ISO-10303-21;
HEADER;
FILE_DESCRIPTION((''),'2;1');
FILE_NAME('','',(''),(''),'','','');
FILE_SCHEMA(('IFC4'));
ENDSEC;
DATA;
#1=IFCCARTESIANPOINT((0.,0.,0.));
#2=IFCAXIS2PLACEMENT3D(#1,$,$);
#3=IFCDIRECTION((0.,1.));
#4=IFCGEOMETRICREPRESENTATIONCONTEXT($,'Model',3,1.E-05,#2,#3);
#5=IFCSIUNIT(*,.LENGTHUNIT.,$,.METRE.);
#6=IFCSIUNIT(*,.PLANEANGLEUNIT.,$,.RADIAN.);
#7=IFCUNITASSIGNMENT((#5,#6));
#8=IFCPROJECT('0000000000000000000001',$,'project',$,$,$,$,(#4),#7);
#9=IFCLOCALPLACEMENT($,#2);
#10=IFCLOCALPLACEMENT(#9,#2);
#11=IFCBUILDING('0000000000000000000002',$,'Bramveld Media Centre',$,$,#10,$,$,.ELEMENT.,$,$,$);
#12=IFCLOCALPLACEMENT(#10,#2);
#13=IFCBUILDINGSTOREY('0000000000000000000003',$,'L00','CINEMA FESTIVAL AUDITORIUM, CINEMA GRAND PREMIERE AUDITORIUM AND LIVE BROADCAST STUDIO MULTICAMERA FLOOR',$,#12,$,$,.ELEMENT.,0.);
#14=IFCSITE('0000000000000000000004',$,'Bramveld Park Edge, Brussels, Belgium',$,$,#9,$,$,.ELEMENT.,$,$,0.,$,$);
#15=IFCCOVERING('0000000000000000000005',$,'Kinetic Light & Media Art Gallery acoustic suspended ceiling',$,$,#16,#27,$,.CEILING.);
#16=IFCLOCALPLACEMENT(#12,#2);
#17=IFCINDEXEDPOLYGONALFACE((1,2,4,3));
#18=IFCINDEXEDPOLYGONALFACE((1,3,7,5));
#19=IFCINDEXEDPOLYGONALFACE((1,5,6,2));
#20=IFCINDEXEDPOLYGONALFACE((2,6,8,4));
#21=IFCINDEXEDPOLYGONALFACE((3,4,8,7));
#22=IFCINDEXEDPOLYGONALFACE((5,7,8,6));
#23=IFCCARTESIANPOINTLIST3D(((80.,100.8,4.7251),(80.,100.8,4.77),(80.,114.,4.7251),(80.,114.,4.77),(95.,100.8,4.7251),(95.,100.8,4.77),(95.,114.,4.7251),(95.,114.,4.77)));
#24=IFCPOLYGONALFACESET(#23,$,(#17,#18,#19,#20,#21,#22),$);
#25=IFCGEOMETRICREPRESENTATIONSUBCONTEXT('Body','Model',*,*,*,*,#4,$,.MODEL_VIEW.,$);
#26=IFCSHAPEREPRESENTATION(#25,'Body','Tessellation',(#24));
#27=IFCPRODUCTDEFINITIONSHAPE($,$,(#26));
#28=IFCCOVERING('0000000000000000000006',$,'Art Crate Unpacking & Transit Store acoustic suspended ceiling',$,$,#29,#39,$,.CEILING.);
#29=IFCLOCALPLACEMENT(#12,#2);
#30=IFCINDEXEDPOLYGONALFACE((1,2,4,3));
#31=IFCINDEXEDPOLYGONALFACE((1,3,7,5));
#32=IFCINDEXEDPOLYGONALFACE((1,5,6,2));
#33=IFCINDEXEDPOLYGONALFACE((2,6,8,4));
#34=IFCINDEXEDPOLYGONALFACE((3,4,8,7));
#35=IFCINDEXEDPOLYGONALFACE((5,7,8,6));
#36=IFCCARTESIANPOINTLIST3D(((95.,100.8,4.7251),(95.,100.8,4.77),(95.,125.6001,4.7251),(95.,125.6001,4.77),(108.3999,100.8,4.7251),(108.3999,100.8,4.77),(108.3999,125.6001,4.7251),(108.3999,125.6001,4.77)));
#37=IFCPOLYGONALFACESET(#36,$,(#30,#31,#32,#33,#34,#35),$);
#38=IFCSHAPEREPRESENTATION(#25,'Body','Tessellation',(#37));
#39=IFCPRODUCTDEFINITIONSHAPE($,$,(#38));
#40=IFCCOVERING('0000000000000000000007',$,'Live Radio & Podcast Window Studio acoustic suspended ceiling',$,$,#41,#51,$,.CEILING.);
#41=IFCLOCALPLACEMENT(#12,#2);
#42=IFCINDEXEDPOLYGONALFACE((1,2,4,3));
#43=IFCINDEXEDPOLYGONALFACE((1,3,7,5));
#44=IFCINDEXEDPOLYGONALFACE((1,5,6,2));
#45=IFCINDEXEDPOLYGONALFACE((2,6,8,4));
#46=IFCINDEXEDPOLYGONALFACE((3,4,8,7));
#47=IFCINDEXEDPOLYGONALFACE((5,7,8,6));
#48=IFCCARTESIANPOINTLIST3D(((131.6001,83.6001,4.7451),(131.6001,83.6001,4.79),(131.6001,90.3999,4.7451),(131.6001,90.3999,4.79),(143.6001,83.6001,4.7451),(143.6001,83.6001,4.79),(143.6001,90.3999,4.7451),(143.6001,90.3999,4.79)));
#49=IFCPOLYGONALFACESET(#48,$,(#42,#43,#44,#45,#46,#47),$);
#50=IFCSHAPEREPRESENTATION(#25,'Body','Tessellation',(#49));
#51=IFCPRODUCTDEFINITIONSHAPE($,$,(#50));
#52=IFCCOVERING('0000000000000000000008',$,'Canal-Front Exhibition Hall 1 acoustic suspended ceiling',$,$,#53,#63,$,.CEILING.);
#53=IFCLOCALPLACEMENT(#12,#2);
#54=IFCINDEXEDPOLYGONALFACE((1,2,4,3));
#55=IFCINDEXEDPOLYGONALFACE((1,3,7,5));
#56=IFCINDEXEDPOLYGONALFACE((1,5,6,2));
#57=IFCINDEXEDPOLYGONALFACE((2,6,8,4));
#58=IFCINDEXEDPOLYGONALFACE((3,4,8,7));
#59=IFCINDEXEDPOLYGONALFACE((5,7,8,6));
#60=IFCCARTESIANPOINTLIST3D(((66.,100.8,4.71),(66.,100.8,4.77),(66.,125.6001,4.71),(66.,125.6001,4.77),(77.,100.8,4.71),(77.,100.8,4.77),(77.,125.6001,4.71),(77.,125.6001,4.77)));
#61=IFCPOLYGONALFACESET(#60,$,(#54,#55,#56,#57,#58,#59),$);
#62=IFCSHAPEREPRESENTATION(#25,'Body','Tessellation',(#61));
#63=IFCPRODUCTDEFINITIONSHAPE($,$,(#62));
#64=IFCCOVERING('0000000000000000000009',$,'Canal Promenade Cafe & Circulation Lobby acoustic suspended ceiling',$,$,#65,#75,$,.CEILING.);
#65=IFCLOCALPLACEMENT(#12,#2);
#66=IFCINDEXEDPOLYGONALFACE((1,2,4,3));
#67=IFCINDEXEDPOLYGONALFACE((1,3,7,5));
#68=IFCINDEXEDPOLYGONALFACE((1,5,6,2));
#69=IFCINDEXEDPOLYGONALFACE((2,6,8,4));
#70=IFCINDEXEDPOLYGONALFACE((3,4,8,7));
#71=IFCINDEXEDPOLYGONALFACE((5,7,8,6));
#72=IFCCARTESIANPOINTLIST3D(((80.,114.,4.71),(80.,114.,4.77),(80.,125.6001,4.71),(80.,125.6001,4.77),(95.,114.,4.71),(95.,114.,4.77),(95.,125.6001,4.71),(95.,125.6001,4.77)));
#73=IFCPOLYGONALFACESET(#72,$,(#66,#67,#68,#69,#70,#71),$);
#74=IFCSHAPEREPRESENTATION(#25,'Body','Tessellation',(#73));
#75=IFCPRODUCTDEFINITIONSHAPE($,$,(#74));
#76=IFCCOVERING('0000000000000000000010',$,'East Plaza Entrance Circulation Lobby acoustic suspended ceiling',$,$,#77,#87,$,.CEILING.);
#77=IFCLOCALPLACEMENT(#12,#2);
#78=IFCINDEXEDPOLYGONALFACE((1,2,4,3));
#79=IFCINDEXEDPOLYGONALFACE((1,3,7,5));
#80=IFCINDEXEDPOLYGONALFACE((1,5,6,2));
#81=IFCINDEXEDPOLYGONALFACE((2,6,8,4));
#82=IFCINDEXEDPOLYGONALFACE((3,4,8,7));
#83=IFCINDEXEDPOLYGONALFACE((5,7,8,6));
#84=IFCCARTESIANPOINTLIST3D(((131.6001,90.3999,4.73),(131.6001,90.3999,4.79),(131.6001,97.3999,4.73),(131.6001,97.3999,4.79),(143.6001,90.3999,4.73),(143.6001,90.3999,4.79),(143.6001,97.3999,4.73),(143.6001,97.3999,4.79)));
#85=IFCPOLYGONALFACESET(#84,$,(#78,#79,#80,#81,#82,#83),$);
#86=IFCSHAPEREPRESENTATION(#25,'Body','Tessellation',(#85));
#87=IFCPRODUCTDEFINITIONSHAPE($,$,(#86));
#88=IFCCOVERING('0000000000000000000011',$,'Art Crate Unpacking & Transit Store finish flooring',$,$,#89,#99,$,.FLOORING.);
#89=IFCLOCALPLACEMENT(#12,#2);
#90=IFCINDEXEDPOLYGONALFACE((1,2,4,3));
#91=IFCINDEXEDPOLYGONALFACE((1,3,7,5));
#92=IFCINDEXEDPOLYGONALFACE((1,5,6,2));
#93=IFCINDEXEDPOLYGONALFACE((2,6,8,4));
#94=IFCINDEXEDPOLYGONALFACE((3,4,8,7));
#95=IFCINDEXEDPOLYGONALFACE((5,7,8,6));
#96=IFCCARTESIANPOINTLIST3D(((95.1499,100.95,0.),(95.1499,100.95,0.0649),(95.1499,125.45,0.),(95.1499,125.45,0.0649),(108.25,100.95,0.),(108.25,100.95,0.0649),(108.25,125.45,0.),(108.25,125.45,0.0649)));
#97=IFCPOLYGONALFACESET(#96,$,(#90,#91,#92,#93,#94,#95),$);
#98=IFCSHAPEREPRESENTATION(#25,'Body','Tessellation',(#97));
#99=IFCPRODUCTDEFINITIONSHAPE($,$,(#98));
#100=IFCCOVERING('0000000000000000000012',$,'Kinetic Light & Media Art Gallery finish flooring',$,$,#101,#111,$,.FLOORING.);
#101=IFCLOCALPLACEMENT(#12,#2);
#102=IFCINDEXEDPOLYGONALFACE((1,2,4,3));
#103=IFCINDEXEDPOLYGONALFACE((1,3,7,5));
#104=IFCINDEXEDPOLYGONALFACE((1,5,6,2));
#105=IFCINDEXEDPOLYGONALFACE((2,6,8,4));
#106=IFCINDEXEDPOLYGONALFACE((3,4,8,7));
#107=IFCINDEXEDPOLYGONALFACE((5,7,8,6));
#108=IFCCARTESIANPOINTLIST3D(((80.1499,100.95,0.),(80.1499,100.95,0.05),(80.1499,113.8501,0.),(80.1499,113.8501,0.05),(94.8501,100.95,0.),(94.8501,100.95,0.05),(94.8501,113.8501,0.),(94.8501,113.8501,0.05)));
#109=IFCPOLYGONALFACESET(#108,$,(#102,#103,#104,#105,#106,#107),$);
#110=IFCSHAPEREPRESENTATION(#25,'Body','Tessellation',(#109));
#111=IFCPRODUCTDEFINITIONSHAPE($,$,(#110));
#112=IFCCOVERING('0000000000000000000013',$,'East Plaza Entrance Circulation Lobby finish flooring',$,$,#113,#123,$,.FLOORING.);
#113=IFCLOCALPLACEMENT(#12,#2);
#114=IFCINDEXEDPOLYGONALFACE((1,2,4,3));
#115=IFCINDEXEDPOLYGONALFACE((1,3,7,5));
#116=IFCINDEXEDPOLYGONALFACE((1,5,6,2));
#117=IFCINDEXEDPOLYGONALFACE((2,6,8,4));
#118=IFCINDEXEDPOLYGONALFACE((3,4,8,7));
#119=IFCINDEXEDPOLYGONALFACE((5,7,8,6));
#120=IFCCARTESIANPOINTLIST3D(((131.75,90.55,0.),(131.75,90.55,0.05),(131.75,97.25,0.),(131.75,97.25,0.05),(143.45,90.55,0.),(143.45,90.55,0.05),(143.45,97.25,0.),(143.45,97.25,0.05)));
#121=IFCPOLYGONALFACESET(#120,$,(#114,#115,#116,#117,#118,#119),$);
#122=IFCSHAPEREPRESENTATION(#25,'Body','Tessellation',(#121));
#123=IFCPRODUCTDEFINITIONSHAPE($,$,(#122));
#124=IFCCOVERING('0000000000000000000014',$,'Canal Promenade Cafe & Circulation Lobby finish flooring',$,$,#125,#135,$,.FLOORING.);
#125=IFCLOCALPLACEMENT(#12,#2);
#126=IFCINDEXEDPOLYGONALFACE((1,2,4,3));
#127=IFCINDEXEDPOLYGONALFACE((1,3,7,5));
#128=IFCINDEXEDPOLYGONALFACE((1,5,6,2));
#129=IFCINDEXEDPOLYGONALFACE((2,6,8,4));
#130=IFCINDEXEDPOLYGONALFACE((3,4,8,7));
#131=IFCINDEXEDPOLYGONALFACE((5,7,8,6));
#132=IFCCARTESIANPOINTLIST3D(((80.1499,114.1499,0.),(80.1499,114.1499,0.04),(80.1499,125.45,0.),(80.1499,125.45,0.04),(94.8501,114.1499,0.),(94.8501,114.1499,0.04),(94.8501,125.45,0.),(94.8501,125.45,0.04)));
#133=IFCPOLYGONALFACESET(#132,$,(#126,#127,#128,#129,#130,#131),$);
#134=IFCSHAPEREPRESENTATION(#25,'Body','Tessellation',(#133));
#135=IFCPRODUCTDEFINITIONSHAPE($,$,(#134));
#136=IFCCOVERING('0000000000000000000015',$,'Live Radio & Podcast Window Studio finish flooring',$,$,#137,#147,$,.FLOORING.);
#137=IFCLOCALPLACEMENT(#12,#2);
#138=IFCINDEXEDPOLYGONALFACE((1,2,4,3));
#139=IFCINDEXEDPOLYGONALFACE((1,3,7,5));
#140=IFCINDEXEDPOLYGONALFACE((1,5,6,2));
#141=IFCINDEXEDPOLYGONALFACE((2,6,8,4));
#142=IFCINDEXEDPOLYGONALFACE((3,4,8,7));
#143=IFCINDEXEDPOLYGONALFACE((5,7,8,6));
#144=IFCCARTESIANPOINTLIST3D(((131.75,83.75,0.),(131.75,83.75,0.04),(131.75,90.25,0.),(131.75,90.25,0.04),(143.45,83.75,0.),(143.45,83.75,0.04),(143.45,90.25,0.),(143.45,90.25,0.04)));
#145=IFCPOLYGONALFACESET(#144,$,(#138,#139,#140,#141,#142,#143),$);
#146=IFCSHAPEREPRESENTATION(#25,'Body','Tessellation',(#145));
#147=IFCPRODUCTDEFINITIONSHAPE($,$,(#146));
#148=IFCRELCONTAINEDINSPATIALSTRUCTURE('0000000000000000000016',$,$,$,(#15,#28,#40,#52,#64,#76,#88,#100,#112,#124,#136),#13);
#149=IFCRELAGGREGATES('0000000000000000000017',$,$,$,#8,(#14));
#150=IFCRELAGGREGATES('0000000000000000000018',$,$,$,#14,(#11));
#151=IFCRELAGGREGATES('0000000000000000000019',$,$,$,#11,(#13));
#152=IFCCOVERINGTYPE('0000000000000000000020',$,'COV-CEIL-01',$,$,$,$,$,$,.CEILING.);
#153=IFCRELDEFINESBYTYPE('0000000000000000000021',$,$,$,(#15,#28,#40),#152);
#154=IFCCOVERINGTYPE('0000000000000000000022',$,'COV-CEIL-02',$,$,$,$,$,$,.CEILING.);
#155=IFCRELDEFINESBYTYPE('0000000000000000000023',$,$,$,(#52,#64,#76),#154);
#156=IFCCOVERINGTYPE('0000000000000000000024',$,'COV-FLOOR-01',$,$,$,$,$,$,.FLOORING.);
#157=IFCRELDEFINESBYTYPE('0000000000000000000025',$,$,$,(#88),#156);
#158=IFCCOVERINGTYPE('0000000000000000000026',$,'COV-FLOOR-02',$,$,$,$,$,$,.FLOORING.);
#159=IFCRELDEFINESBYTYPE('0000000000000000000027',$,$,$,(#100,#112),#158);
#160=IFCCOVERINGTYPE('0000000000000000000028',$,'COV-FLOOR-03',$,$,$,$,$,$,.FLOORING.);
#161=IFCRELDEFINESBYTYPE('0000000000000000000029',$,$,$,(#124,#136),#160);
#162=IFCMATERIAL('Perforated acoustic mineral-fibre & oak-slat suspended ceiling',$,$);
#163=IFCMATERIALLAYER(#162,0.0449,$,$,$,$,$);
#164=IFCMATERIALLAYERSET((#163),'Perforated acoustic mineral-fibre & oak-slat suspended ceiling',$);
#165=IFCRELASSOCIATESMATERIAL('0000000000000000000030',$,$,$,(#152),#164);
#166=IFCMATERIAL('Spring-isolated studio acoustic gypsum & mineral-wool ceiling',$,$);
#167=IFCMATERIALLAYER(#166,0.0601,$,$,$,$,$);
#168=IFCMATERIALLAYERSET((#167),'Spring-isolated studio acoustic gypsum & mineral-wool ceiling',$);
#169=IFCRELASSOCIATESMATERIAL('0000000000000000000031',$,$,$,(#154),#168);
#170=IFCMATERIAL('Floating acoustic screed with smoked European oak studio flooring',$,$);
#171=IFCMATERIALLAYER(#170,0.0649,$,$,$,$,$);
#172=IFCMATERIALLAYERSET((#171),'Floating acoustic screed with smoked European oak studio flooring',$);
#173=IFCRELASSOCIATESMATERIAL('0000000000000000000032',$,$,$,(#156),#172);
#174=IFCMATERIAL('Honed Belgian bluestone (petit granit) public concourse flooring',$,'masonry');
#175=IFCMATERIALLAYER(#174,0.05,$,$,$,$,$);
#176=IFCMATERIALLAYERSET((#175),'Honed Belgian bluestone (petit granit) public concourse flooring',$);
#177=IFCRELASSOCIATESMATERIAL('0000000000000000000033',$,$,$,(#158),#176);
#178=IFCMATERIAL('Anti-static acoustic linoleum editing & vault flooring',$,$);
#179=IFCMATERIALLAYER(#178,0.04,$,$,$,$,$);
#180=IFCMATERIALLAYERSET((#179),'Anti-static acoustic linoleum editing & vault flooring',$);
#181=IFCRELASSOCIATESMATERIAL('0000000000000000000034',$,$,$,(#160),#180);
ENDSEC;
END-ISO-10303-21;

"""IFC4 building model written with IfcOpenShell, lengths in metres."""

from ifc_helpers import new_model, si_unit, direction, frame, origin, place, context, subcontext, project, spatial, polyline, outline, extrude, material, layer, layer_set, type_object, element, save


model = new_model("IFC4")

# Units and contexts
model_context = context("Model", 3, precision=1e-05, world=origin(), true_north=direction((0.0, 1.0)))
body_context = subcontext(model_context, "Body", "Model", "MODEL_VIEW")
ifc_project = project(units=[si_unit("LENGTHUNIT", "METRE"), si_unit("PLANEANGLEUNIT", "RADIAN")], contexts=[model_context])

# Site, building, storey
site_placement = place(None, origin())
site = spatial("IfcSite", under=ifc_project, at=site_placement, Name="Bramveld Park Edge, Brussels, Belgium", CompositionType="ELEMENT", RefElevation=0.0)
building_placement = place(site_placement, origin())
building = spatial("IfcBuilding", under=site, at=building_placement, Name="Bramveld Media Centre", CompositionType="ELEMENT")
storey_placement = place(building_placement, origin())
storey = spatial("IfcBuildingStorey", under=building, at=storey_placement, Name="L00", Description="CINEMA FESTIVAL AUDITORIUM, CINEMA GRAND PREMIERE AUDITORIUM AND LIVE BROADCAST STUDIO MULTICAMERA FLOOR", CompositionType="ELEMENT", Elevation=0.0)

# Coverings
ifc_material_1 = material(Name="Perforated acoustic mineral-fibre & oak-slat suspended ceiling")
ifc_layer_1 = layer(ifc_material_1, 0.0449)
ifc_layer_set_1 = layer_set([ifc_layer_1], Name="Perforated acoustic mineral-fibre & oak-slat suspended ceiling")
covering_type_1 = type_object("IfcCoveringType", Name="COV-CEIL-01", PredefinedType="CEILING", material=ifc_layer_set_1)
covering_1_placement = place(storey_placement, frame((0.0, 0.0, 4.7251)))
element("IfcCovering", 1, at=covering_1_placement, inside=storey, type_object=covering_type_1, Name="Kinetic Light & Media Art Gallery acoustic suspended ceiling", PredefinedType="CEILING", context=body_context, shape_type="SweptSolid", body=[
    extrude(outline(polyline([(80.0, 100.8), (95.0, 100.8), (95.0, 114.0), (80.0, 114.0), (80.0, 100.8)])), origin(), (0.0, 0.0, 1.0), 0.0449),
])
covering_2_placement = place(storey_placement, frame((0.0, 0.0, 4.7251)))
element("IfcCovering", 2, at=covering_2_placement, inside=storey, type_object=covering_type_1, Name="Art Crate Unpacking & Transit Store acoustic suspended ceiling", PredefinedType="CEILING", context=body_context, shape_type="SweptSolid", body=[
    extrude(outline(polyline([(95.0, 100.8), (108.3999, 100.8), (108.3999, 125.6001), (95.0, 125.6001), (95.0, 100.8)])), origin(), (0.0, 0.0, 1.0), 0.0449),
])
covering_3_placement = place(storey_placement, frame((0.0, 0.0, 4.7451)))
element("IfcCovering", 3, at=covering_3_placement, inside=storey, type_object=covering_type_1, Name="Live Radio & Podcast Window Studio acoustic suspended ceiling", PredefinedType="CEILING", context=body_context, shape_type="SweptSolid", body=[
    extrude(outline(polyline([(131.6001, 83.6001), (143.6001, 83.6001), (143.6001, 90.3999), (131.6001, 90.3999), (131.6001, 83.6001)])), origin(), (0.0, 0.0, 1.0), 0.0449),
])
ifc_material_2 = material(Name="Spring-isolated studio acoustic gypsum & mineral-wool ceiling")
ifc_layer_2 = layer(ifc_material_2, 0.0601)
ifc_layer_set_2 = layer_set([ifc_layer_2], Name="Spring-isolated studio acoustic gypsum & mineral-wool ceiling")
covering_type_2 = type_object("IfcCoveringType", Name="COV-CEIL-02", PredefinedType="CEILING", material=ifc_layer_set_2)
covering_4_placement = place(storey_placement, frame((0.0, 0.0, 4.71)))
element("IfcCovering", 4, at=covering_4_placement, inside=storey, type_object=covering_type_2, Name="Canal-Front Exhibition Hall 1 acoustic suspended ceiling", PredefinedType="CEILING", context=body_context, shape_type="SweptSolid", body=[
    extrude(outline(polyline([(66.0, 100.8), (77.0, 100.8), (77.0, 125.6001), (66.0, 125.6001), (66.0, 100.8)])), origin(), (0.0, 0.0, 1.0), 0.0601),
])
covering_5_placement = place(storey_placement, frame((0.0, 0.0, 4.71)))
element("IfcCovering", 5, at=covering_5_placement, inside=storey, type_object=covering_type_2, Name="Canal Promenade Cafe & Circulation Lobby acoustic suspended ceiling", PredefinedType="CEILING", context=body_context, shape_type="SweptSolid", body=[
    extrude(outline(polyline([(80.0, 114.0), (95.0, 114.0), (95.0, 125.6001), (80.0, 125.6001), (80.0, 114.0)])), origin(), (0.0, 0.0, 1.0), 0.0601),
])
covering_6_placement = place(storey_placement, frame((0.0, 0.0, 4.73)))
element("IfcCovering", 6, at=covering_6_placement, inside=storey, type_object=covering_type_2, Name="East Plaza Entrance Circulation Lobby acoustic suspended ceiling", PredefinedType="CEILING", context=body_context, shape_type="SweptSolid", body=[
    extrude(outline(polyline([(131.6001, 90.3999), (143.6001, 90.3999), (143.6001, 97.3999), (131.6001, 97.3999), (131.6001, 90.3999)])), origin(), (0.0, 0.0, 1.0), 0.0601),
])
ifc_material_3 = material(Name="Floating acoustic screed with smoked European oak studio flooring")
ifc_layer_3 = layer(ifc_material_3, 0.0649)
ifc_layer_set_3 = layer_set([ifc_layer_3], Name="Floating acoustic screed with smoked European oak studio flooring")
covering_type_3 = type_object("IfcCoveringType", Name="COV-FLOOR-01", PredefinedType="FLOORING", material=ifc_layer_set_3)
covering_7_placement = place(storey_placement, origin())
element("IfcCovering", 7, at=covering_7_placement, inside=storey, type_object=covering_type_3, Name="Art Crate Unpacking & Transit Store finish flooring", PredefinedType="FLOORING", context=body_context, shape_type="SweptSolid", body=[
    extrude(outline(polyline([(95.1499, 100.95), (108.25, 100.95), (108.25, 125.45), (95.1499, 125.45), (95.1499, 100.95)])), origin(), (0.0, 0.0, 1.0), 0.0649),
])
ifc_material_4 = material(Name="Honed Belgian bluestone (petit granit) public concourse flooring", Category="masonry")
ifc_layer_4 = layer(ifc_material_4, 0.05)
ifc_layer_set_4 = layer_set([ifc_layer_4], Name="Honed Belgian bluestone (petit granit) public concourse flooring")
covering_type_4 = type_object("IfcCoveringType", Name="COV-FLOOR-02", PredefinedType="FLOORING", material=ifc_layer_set_4)
covering_8_placement = place(storey_placement, origin())
element("IfcCovering", 8, at=covering_8_placement, inside=storey, type_object=covering_type_4, Name="Kinetic Light & Media Art Gallery finish flooring", PredefinedType="FLOORING", context=body_context, shape_type="SweptSolid", body=[
    extrude(outline(polyline([(80.1499, 100.95), (94.8501, 100.95), (94.8501, 113.8501), (80.1499, 113.8501), (80.1499, 100.95)])), origin(), (0.0, 0.0, 1.0), 0.05),
])
covering_9_placement = place(storey_placement, origin())
element("IfcCovering", 9, at=covering_9_placement, inside=storey, type_object=covering_type_4, Name="East Plaza Entrance Circulation Lobby finish flooring", PredefinedType="FLOORING", context=body_context, shape_type="SweptSolid", body=[
    extrude(outline(polyline([(131.75, 90.55), (143.45, 90.55), (143.45, 97.25), (131.75, 97.25), (131.75, 90.55)])), origin(), (0.0, 0.0, 1.0), 0.05),
])
ifc_material_5 = material(Name="Anti-static acoustic linoleum editing & vault flooring")
ifc_layer_5 = layer(ifc_material_5, 0.04)
ifc_layer_set_5 = layer_set([ifc_layer_5], Name="Anti-static acoustic linoleum editing & vault flooring")
covering_type_5 = type_object("IfcCoveringType", Name="COV-FLOOR-03", PredefinedType="FLOORING", material=ifc_layer_set_5)
covering_10_placement = place(storey_placement, origin())
element("IfcCovering", 10, at=covering_10_placement, inside=storey, type_object=covering_type_5, Name="Canal Promenade Cafe & Circulation Lobby finish flooring", PredefinedType="FLOORING", context=body_context, shape_type="SweptSolid", body=[
    extrude(outline(polyline([(80.1499, 114.1499), (94.8501, 114.1499), (94.8501, 125.45), (80.1499, 125.45), (80.1499, 114.1499)])), origin(), (0.0, 0.0, 1.0), 0.04),
])
covering_11_placement = place(storey_placement, origin())
element("IfcCovering", 11, at=covering_11_placement, inside=storey, type_object=covering_type_5, Name="Live Radio & Podcast Window Studio finish flooring", PredefinedType="FLOORING", context=body_context, shape_type="SweptSolid", body=[
    extrude(outline(polyline([(131.75, 83.75), (143.45, 83.75), (143.45, 90.25), (131.75, 90.25), (131.75, 83.75)])), origin(), (0.0, 0.0, 1.0), 0.04),
])

save(model, "model.ifc")
